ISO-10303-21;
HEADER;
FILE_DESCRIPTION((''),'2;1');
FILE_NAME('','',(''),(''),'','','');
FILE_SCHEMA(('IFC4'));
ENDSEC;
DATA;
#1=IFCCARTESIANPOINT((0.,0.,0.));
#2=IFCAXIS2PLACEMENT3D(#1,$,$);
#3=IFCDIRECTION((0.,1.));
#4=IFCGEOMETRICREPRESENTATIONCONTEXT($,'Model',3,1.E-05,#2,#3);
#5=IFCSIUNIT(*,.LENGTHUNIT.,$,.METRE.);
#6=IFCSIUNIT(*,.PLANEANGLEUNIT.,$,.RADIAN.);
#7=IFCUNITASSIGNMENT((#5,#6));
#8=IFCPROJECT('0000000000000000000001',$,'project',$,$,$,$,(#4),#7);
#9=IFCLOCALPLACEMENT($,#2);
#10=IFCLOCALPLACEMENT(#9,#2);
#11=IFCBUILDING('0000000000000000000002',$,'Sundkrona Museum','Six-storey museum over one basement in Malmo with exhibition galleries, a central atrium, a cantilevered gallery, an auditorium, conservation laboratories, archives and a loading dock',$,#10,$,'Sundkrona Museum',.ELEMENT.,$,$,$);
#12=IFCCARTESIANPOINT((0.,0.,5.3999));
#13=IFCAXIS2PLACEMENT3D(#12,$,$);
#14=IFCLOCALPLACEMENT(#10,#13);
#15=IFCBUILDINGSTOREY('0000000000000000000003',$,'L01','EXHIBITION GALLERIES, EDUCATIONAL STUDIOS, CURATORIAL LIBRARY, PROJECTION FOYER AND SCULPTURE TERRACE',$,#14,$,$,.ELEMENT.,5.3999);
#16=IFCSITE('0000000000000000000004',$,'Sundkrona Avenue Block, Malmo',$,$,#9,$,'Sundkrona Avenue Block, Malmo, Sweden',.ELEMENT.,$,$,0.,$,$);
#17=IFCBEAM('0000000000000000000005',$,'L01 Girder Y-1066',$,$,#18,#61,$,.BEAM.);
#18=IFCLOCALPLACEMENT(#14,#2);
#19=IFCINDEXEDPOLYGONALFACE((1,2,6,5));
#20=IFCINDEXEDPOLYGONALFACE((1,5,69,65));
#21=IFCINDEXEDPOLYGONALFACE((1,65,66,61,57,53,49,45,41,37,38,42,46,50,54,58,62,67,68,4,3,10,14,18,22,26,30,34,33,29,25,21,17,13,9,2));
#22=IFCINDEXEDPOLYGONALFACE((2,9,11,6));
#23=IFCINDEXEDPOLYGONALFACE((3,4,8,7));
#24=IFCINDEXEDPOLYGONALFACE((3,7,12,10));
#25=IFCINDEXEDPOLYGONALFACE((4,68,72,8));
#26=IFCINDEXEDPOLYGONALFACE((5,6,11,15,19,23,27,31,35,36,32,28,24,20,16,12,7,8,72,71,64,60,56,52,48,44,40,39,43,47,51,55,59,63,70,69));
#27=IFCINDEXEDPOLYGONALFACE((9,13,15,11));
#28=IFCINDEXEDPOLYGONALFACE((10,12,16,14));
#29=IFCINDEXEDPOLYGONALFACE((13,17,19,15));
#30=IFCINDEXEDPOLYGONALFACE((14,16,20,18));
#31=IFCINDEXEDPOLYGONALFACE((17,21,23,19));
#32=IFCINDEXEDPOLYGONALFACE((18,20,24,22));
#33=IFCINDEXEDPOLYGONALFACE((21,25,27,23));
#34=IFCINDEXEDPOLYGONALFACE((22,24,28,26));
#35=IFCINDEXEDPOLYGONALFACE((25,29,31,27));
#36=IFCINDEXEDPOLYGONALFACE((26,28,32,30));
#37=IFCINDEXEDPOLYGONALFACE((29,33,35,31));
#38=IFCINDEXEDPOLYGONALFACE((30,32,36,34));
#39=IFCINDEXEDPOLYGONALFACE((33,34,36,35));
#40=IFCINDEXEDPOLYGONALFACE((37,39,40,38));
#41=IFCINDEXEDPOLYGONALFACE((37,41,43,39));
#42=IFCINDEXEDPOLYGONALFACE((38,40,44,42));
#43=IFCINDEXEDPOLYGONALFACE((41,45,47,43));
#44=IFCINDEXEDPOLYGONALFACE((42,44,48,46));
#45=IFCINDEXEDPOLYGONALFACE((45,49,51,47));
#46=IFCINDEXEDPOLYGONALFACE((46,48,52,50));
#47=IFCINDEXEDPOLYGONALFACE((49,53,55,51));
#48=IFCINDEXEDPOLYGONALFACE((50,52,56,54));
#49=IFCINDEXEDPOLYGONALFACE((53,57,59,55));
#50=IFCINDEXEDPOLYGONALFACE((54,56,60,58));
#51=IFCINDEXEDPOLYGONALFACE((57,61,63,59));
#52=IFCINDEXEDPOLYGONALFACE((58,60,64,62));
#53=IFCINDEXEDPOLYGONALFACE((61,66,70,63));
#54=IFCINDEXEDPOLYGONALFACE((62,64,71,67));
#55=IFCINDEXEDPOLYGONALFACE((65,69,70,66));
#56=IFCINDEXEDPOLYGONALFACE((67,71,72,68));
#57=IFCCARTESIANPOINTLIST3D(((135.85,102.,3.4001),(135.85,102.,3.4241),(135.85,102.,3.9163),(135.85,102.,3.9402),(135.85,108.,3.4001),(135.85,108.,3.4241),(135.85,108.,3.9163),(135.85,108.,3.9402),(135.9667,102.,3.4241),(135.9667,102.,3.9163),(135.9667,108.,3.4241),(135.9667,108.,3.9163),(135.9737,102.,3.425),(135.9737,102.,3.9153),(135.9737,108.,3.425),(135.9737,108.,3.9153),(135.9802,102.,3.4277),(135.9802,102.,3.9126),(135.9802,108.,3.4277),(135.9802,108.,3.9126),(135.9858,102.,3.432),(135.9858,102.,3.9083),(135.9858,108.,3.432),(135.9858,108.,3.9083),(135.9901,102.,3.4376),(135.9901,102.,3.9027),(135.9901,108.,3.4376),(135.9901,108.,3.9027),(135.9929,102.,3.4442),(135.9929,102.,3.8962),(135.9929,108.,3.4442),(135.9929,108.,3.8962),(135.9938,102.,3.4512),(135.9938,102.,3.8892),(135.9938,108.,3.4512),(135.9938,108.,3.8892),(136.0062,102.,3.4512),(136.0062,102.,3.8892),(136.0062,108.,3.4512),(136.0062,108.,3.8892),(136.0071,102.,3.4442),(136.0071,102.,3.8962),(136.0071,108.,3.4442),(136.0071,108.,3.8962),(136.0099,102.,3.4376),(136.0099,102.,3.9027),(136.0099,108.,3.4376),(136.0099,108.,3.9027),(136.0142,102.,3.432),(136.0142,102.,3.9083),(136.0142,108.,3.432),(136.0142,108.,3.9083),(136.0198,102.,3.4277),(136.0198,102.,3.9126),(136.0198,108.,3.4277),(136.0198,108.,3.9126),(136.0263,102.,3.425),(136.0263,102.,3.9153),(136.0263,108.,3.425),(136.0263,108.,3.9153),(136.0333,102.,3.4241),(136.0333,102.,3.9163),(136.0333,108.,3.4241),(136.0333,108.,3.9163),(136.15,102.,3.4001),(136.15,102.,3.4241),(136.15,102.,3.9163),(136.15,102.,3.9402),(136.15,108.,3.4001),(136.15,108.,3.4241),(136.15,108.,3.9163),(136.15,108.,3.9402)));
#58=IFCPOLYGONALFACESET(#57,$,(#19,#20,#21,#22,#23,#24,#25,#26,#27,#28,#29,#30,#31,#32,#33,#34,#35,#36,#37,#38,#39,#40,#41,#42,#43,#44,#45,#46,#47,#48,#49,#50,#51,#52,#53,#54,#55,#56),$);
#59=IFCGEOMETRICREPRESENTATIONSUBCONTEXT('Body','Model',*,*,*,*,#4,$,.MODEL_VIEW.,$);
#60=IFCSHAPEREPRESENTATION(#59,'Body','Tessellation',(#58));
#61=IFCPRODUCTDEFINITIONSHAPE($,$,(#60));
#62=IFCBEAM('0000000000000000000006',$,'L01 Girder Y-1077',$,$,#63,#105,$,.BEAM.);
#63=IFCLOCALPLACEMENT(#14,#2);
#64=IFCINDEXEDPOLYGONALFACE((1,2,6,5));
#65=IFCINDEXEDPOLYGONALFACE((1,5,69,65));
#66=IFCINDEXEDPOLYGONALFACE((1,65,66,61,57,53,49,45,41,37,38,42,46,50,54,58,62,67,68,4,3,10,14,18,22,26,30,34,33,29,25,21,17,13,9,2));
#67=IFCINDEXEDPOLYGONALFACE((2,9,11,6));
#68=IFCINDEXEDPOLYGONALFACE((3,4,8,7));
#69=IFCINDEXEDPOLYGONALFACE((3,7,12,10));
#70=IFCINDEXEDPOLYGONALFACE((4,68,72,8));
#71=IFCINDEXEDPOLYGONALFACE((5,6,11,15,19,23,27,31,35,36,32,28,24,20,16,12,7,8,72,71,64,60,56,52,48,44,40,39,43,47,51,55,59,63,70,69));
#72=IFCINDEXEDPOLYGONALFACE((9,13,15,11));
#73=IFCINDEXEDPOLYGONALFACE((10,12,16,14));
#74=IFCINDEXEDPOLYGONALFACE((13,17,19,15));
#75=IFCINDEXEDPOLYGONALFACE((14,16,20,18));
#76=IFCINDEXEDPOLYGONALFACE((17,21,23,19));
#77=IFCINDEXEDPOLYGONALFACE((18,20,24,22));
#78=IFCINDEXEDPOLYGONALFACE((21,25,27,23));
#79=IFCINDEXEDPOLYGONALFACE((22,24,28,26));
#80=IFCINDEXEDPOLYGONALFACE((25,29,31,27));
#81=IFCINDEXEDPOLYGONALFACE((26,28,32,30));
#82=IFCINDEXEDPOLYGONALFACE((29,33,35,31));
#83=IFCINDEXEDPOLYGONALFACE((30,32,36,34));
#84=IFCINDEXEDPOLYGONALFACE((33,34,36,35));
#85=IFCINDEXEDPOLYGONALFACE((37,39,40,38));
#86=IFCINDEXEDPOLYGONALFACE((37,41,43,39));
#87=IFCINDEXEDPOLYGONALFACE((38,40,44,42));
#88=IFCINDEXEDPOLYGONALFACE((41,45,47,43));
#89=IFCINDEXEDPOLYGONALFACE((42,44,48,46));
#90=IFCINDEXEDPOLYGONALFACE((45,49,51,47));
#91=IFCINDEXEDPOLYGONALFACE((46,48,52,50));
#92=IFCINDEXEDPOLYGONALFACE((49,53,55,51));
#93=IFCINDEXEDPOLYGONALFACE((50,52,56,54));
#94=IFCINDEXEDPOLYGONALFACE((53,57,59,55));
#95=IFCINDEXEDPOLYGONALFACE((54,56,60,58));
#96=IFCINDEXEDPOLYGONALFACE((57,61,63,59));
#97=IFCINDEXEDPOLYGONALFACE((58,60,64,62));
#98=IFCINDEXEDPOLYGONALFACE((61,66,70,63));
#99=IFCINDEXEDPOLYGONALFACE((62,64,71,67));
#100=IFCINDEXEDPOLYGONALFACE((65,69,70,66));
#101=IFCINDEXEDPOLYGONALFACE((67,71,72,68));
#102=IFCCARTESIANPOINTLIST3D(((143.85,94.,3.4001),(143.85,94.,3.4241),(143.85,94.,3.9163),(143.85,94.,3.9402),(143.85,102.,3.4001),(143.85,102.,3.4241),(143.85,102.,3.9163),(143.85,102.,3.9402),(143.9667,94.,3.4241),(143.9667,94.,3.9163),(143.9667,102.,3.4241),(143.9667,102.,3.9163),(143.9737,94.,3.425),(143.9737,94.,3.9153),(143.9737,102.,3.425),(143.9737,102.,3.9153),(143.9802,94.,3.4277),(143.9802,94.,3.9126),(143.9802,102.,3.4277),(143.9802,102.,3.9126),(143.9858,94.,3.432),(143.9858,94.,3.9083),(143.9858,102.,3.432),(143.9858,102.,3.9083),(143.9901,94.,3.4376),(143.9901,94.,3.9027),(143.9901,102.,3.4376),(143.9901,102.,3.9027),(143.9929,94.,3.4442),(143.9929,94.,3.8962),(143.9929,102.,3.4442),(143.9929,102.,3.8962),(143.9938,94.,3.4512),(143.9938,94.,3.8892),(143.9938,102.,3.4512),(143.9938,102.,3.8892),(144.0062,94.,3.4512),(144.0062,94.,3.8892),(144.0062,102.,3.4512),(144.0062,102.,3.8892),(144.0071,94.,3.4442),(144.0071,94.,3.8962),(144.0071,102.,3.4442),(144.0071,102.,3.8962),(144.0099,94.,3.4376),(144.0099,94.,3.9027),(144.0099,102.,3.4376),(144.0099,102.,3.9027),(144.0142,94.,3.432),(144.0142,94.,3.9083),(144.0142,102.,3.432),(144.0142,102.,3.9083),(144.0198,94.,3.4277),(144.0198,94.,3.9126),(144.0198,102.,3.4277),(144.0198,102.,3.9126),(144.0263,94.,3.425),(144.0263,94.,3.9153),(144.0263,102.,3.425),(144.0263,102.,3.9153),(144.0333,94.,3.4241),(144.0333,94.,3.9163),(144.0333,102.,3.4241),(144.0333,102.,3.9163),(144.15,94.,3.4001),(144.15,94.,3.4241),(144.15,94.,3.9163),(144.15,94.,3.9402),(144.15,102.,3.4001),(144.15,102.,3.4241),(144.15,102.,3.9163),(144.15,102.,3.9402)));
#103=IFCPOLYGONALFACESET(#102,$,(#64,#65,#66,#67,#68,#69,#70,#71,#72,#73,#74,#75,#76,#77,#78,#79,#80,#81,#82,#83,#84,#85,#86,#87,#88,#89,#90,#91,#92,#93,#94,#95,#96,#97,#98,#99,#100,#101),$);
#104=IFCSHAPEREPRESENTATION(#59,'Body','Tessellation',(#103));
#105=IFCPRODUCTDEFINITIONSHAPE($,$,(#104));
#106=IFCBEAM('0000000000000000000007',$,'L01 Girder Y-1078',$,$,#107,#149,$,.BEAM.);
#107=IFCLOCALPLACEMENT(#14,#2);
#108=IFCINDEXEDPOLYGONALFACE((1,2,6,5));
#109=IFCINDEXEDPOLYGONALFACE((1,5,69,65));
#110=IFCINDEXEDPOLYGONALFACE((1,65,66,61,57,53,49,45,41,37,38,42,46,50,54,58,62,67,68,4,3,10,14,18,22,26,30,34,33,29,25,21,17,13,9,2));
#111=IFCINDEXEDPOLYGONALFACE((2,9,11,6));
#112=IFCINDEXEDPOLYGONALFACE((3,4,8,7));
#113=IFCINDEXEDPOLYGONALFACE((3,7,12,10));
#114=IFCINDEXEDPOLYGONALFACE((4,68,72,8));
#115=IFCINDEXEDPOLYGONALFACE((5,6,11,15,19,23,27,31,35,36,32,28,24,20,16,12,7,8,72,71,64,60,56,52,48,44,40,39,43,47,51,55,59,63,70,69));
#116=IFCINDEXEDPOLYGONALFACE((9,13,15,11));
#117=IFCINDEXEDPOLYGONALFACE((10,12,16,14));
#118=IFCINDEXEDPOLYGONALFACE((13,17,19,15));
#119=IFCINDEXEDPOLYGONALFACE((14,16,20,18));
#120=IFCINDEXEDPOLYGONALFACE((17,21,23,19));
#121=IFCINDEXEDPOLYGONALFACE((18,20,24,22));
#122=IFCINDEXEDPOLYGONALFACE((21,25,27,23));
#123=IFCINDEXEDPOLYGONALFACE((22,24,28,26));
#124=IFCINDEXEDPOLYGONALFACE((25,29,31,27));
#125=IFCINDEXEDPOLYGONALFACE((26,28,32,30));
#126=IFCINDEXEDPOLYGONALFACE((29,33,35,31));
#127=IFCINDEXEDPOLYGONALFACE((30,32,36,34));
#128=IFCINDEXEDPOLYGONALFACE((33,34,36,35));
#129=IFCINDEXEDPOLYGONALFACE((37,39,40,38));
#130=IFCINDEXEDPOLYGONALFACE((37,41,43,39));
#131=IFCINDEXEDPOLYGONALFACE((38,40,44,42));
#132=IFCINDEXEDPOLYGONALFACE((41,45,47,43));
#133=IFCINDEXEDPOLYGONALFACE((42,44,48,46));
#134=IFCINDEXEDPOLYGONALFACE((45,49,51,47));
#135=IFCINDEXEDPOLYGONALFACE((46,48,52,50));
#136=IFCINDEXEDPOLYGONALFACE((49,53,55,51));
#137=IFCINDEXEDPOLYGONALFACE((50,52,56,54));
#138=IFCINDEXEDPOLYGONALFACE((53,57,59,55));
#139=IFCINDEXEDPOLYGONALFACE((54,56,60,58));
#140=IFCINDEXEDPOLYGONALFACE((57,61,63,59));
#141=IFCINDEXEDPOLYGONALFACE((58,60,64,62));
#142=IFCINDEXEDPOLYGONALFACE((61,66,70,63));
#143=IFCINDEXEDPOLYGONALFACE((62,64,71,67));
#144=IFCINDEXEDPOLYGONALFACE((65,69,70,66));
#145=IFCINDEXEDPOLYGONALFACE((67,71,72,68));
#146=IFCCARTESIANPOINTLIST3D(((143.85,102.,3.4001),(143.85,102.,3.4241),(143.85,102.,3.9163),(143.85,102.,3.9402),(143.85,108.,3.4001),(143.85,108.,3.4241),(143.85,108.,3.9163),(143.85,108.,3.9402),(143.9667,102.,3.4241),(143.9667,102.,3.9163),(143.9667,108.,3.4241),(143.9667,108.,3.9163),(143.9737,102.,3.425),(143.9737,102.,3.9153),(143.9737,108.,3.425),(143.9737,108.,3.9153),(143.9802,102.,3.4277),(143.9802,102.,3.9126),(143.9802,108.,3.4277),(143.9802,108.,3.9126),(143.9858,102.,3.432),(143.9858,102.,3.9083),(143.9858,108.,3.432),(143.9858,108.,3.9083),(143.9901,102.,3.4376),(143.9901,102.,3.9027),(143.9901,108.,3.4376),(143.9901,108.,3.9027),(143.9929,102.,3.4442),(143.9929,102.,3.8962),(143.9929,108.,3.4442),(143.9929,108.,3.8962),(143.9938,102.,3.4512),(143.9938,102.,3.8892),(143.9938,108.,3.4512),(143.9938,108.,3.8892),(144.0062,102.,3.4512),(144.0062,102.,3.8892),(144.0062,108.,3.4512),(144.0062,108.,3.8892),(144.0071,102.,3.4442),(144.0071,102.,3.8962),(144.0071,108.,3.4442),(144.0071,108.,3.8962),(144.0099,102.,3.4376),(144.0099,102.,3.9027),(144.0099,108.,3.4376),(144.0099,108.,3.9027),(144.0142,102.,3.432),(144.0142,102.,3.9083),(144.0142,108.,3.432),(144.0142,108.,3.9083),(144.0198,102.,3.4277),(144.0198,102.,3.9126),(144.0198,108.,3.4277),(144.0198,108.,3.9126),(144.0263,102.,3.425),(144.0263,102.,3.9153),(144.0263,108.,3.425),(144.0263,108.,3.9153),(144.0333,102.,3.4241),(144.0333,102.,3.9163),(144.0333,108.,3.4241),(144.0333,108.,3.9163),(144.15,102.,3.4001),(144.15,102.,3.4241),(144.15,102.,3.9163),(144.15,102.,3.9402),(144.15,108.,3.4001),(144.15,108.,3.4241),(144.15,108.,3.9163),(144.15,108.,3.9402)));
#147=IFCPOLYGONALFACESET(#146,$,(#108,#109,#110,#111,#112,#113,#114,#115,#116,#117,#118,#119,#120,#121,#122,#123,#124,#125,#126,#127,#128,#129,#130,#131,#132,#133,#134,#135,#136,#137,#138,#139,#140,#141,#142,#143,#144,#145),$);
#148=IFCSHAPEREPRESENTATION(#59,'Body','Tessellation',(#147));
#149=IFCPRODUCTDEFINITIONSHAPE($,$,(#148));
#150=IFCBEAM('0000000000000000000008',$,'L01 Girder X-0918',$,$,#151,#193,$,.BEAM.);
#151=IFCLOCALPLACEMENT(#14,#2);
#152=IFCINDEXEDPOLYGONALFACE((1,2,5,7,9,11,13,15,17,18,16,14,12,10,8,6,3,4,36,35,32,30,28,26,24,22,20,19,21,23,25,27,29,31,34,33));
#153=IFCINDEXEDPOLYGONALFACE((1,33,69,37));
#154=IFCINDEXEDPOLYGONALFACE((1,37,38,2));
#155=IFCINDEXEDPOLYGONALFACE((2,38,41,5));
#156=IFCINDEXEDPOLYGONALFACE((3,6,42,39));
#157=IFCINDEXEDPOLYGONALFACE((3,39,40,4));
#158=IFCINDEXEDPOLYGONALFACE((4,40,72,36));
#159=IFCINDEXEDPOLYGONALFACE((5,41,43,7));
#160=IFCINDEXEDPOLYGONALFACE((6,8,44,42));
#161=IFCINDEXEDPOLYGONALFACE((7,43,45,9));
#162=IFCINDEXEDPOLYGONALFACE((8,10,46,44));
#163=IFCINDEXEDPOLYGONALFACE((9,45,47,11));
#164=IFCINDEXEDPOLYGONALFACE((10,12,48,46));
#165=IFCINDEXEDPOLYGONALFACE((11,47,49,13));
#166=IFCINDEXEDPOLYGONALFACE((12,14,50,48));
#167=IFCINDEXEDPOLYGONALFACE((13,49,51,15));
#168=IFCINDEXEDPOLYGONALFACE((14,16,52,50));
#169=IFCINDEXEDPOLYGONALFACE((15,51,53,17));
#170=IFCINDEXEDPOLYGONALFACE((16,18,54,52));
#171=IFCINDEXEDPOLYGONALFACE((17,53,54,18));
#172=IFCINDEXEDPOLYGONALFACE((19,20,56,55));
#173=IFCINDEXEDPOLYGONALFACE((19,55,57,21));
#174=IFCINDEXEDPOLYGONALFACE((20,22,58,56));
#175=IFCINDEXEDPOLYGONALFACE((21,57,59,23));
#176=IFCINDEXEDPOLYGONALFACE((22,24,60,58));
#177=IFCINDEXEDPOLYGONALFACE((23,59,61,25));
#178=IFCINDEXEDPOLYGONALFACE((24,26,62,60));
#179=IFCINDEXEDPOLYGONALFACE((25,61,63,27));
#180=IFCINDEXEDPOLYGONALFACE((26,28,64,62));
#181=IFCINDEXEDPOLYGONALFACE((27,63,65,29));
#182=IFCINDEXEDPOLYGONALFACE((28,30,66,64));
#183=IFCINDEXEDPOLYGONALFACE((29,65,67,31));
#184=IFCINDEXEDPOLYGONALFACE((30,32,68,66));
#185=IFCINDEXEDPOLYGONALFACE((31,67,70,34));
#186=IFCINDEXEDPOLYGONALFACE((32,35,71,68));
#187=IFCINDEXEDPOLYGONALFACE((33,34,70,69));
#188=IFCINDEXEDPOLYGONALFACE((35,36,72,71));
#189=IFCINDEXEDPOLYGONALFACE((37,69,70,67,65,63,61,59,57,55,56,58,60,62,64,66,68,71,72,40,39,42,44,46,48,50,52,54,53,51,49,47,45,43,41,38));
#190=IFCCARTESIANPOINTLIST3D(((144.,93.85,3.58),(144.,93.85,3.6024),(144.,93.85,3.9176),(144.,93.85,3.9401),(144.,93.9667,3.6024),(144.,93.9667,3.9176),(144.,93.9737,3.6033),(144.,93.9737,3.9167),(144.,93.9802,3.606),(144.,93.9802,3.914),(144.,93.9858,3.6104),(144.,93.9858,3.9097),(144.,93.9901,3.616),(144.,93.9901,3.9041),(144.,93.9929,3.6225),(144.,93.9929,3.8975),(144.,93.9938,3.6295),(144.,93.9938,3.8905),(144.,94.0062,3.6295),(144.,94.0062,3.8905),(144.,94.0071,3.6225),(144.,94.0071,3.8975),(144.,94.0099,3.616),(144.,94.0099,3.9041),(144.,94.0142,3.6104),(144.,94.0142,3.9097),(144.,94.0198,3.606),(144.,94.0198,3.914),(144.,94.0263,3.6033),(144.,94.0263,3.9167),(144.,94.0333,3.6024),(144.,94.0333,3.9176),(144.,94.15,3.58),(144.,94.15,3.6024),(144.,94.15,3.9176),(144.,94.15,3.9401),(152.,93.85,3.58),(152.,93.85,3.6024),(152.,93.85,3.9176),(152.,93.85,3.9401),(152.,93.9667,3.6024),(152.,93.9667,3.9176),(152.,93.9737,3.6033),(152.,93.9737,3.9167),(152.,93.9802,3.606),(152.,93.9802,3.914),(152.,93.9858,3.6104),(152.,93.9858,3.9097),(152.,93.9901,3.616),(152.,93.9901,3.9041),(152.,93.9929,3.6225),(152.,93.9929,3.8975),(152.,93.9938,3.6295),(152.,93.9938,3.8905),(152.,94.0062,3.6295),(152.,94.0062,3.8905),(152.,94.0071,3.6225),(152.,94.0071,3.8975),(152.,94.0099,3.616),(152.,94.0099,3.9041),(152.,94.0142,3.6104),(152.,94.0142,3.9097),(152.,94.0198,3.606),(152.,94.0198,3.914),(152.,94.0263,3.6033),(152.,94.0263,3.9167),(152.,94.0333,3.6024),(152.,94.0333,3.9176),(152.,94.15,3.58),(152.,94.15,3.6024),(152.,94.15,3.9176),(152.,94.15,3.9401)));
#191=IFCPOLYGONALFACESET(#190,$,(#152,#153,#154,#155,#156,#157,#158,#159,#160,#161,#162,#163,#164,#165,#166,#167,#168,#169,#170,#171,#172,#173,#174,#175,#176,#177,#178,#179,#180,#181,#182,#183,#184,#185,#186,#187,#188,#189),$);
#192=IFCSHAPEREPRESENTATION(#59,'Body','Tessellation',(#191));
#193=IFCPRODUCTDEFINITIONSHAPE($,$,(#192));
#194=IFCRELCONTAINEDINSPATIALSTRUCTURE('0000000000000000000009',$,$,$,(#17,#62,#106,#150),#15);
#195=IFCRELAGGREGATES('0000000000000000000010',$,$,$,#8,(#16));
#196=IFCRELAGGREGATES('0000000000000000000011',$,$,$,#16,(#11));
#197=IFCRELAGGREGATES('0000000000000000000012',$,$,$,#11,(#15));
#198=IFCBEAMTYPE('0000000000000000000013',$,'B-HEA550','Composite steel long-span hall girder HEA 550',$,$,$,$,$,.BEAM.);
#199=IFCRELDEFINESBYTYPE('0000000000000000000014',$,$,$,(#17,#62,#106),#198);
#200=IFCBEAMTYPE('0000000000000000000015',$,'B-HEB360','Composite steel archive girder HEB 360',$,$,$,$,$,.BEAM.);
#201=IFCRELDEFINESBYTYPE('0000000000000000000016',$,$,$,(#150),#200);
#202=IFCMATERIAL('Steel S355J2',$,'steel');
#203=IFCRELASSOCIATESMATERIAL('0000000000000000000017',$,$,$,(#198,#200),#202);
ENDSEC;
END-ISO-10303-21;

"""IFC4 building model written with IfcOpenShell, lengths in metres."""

from ifc_helpers import new_model, si_unit, direction, frame, origin, origin_2d, place, context, subcontext, project, spatial, i_section, extrude, material, material_profile, profile_set, type_object, element, save


model = new_model("IFC4")

# Units and contexts
model_context = context("Model", 3, precision=1e-05, world=origin(), true_north=direction((0.0, 1.0)))
body_context = subcontext(model_context, "Body", "Model", "MODEL_VIEW")
ifc_project = project(units=[si_unit("LENGTHUNIT", "METRE"), si_unit("PLANEANGLEUNIT", "RADIAN")], contexts=[model_context])

# Site, building, storey
site_placement = place(None, origin())
site = spatial("IfcSite", under=ifc_project, at=site_placement, Name="Sundkrona Avenue Block, Malmo", LongName="Sundkrona Avenue Block, Malmo, Sweden", CompositionType="ELEMENT", RefElevation=0.0)
building_placement = place(site_placement, origin())
building = spatial("IfcBuilding", under=site, at=building_placement, Name="Sundkrona Museum", Description="Six-storey museum over one basement in Malmo with exhibition galleries, a central atrium, a cantilevered gallery, an auditorium, conservation laboratories, archives and a loading dock", LongName="Sundkrona Museum", CompositionType="ELEMENT")
storey_placement = place(building_placement, frame((0.0, 0.0, 5.3999)))
storey = spatial("IfcBuildingStorey", under=building, at=storey_placement, Name="L01", Description="EXHIBITION GALLERIES, EDUCATIONAL STUDIOS, CURATORIAL LIBRARY, PROJECTION FOYER AND SCULPTURE TERRACE", CompositionType="ELEMENT", Elevation=5.3999)

# Shared definitions
ifc_material = material(Name="Steel S355J2", Category="steel")

# Beams
ifc_material_profile_1 = material_profile(ifc_material, i_section(OverallWidth=0.3, OverallDepth=0.54, WebThickness=0.0125, FlangeThickness=0.0239, FilletRadius=0.0271, at=origin_2d()), Name="HEA 550")
ifc_profile_set_1 = profile_set([ifc_material_profile_1], Name="Steel S355J2")
beam_type_1 = type_object("IfcBeamType", Name="B-HEA550", Description="Composite steel long-span hall girder HEA 550", PredefinedType="BEAM", material=ifc_profile_set_1)
beam_1_placement = place(storey_placement, frame((136.0, 102.0, 3.6702), z_axis=(0.0, 1.0, 0.0), x_axis=(-1.0, 0.0, 0.0)))
element("IfcBeam", 1, at=beam_1_placement, inside=storey, type_object=beam_type_1, Name="L01 Girder Y-1066", PredefinedType="BEAM", context=body_context, shape_type="SweptSolid", body=[
    extrude(i_section(OverallWidth=0.3, OverallDepth=0.54, WebThickness=0.0125, FlangeThickness=0.0239, FilletRadius=0.0271, at=origin_2d()), origin(), (0.0, 0.0, 1.0), 6.0),
])
beam_2_placement = place(storey_placement, frame((144.0, 94.0, 3.6702), z_axis=(0.0, 1.0, 0.0), x_axis=(-1.0, 0.0, 0.0)))
element("IfcBeam", 2, at=beam_2_placement, inside=storey, type_object=beam_type_1, Name="L01 Girder Y-1077", PredefinedType="BEAM", context=body_context, shape_type="SweptSolid", body=[
    extrude(i_section(OverallWidth=0.3, OverallDepth=0.54, WebThickness=0.0125, FlangeThickness=0.0239, FilletRadius=0.0271, at=origin_2d()), origin(), (0.0, 0.0, 1.0), 8.0),
])
beam_3_placement = place(storey_placement, frame((144.0, 102.0, 3.6702), z_axis=(0.0, 1.0, 0.0), x_axis=(-1.0, 0.0, 0.0)))
element("IfcBeam", 3, at=beam_3_placement, inside=storey, type_object=beam_type_1, Name="L01 Girder Y-1078", PredefinedType="BEAM", context=body_context, shape_type="SweptSolid", body=[
    extrude(i_section(OverallWidth=0.3, OverallDepth=0.54, WebThickness=0.0125, FlangeThickness=0.0239, FilletRadius=0.0271, at=origin_2d()), origin(), (0.0, 0.0, 1.0), 6.0),
])
ifc_material_profile_2 = material_profile(ifc_material, i_section(OverallWidth=0.3, OverallDepth=0.3601, WebThickness=0.0125, FlangeThickness=0.0225, FilletRadius=0.0271, at=origin_2d()), Name="HEB 360")
ifc_profile_set_2 = profile_set([ifc_material_profile_2], Name="Steel S355J2")
beam_type_2 = type_object("IfcBeamType", Name="B-HEB360", Description="Composite steel archive girder HEB 360", PredefinedType="BEAM", material=ifc_profile_set_2)
beam_4_placement = place(storey_placement, frame((144.0, 94.0, 3.76), z_axis=(1.0, 0.0, 0.0), x_axis=(0.0, 1.0, 0.0)))
element("IfcBeam", 4, at=beam_4_placement, inside=storey, type_object=beam_type_2, Name="L01 Girder X-0918", PredefinedType="BEAM", context=body_context, shape_type="SweptSolid", body=[
    extrude(i_section(OverallWidth=0.3, OverallDepth=0.3601, WebThickness=0.0125, FlangeThickness=0.0225, FilletRadius=0.0271, at=origin_2d()), origin(), (0.0, 0.0, 1.0), 8.0),
])

save(model, "model.ifc")
